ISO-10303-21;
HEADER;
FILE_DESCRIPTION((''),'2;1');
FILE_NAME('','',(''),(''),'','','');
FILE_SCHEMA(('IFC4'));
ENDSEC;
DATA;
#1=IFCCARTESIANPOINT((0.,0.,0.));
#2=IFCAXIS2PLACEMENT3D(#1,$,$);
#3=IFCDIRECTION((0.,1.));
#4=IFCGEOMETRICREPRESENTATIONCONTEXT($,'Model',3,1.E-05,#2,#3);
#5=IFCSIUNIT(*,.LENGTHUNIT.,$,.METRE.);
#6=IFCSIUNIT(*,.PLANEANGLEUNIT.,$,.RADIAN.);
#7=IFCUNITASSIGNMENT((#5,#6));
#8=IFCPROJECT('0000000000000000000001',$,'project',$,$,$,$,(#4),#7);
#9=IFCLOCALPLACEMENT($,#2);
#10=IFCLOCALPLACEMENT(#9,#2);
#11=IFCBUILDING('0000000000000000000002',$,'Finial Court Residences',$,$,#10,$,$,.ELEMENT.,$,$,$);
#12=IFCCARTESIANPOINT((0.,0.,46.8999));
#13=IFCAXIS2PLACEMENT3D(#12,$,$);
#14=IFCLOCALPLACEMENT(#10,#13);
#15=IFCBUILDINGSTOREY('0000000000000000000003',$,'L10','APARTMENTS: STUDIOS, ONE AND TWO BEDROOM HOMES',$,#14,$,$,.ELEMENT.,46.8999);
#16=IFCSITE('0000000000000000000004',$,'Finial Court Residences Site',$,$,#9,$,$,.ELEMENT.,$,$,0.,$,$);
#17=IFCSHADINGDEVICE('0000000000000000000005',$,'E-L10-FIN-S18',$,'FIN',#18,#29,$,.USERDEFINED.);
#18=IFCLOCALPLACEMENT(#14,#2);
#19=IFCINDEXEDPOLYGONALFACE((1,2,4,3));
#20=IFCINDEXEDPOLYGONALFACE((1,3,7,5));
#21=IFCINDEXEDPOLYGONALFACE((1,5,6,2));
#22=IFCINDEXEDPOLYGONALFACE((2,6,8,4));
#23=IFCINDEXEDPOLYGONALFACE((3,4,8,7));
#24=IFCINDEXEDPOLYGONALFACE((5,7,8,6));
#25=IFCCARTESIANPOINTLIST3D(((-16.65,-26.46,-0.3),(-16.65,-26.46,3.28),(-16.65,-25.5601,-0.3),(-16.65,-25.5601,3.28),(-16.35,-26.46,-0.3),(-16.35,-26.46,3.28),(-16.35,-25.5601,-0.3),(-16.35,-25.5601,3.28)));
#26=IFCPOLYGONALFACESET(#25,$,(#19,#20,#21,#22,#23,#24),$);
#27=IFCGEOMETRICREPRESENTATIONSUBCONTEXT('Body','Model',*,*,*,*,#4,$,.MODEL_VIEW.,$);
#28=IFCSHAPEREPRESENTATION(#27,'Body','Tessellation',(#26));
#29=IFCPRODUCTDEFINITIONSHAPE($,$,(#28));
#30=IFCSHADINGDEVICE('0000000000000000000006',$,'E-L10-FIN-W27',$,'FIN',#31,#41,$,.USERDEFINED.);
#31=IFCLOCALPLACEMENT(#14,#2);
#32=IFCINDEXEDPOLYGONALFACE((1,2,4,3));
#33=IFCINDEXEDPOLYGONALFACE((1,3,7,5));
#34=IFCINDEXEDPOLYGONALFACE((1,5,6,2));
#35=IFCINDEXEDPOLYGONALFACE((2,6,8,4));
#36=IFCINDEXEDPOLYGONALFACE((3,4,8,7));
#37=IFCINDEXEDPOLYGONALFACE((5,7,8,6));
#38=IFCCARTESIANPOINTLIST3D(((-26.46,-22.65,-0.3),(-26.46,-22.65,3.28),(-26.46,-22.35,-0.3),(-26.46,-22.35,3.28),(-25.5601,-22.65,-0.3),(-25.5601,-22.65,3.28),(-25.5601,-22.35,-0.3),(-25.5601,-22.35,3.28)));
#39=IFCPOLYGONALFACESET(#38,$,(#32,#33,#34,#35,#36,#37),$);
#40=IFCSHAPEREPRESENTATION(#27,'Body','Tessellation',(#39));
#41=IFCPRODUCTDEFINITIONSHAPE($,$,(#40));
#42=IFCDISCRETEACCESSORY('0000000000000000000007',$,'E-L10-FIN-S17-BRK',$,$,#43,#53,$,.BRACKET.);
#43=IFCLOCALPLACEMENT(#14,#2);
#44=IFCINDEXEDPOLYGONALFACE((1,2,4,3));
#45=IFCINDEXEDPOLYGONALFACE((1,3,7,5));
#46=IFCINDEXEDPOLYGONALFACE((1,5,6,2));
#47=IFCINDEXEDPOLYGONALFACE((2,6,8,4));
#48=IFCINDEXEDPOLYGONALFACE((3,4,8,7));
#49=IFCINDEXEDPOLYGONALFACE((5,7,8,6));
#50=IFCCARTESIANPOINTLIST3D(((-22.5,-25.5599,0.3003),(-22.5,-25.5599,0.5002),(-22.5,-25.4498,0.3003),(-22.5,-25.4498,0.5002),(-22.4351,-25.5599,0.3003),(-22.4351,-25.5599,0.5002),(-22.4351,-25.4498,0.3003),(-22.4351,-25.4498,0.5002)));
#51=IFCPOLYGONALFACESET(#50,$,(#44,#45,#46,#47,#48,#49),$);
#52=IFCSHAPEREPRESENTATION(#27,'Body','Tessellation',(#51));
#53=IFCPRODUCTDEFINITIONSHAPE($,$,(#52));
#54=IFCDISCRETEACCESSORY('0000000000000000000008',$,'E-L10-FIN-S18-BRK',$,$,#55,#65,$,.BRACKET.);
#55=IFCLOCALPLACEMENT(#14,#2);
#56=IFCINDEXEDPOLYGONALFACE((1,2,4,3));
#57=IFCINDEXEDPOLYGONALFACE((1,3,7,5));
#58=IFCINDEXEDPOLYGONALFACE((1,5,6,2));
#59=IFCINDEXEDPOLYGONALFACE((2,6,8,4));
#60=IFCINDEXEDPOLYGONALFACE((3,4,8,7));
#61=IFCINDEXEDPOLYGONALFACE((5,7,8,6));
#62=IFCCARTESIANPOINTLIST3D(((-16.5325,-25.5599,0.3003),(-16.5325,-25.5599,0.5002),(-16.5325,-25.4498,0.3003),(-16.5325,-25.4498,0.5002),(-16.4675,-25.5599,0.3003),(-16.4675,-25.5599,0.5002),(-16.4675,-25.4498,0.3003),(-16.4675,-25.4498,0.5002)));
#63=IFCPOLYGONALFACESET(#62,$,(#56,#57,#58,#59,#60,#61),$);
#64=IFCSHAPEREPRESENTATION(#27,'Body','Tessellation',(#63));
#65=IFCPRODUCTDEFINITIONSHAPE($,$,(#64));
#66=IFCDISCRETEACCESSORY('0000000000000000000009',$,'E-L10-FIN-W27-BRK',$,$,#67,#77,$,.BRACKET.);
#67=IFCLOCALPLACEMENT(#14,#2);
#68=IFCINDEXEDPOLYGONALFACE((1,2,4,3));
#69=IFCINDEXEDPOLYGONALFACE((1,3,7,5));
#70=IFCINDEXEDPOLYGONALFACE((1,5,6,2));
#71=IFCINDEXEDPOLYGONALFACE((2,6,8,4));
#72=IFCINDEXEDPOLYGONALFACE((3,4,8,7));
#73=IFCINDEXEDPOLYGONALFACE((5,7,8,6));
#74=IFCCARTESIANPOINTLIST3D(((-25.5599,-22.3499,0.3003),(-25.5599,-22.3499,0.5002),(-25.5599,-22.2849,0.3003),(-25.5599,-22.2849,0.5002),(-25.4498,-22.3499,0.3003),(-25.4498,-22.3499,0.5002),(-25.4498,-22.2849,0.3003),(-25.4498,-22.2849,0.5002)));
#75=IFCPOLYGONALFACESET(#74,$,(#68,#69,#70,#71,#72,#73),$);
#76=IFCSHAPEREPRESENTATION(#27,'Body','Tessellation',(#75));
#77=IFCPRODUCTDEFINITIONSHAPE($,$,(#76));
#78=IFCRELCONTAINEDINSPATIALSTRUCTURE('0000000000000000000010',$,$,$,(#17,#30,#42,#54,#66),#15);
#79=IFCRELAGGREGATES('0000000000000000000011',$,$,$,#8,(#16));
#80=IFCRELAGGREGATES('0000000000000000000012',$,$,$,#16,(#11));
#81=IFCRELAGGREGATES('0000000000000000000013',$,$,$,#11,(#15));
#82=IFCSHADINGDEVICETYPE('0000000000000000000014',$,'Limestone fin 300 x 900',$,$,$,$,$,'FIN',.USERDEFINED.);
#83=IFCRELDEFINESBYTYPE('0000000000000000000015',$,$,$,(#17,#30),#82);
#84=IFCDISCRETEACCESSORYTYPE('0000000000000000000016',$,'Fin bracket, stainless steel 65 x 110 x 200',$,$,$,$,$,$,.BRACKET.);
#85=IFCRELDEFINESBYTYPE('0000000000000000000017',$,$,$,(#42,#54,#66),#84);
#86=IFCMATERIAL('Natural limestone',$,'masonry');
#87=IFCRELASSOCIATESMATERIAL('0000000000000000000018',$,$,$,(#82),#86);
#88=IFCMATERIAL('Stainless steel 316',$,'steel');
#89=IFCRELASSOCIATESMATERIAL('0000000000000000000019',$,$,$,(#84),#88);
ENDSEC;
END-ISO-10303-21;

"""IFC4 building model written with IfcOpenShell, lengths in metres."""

from ifc_helpers import new_model, si_unit, direction, frame, origin, origin_2d, place, context, subcontext, project, spatial, rectangle, extrude, material, type_object, element, save


model = new_model("IFC4")

# Units and contexts
model_context = context("Model", 3, precision=1e-05, world=origin(), true_north=direction((0.0, 1.0)))
body_context = subcontext(model_context, "Body", "Model", "MODEL_VIEW")
ifc_project = project(units=[si_unit("LENGTHUNIT", "METRE"), si_unit("PLANEANGLEUNIT", "RADIAN")], contexts=[model_context])

# Site, building, storey
site_placement = place(None, origin())
site = spatial("IfcSite", under=ifc_project, at=site_placement, Name="Finial Court Residences Site", CompositionType="ELEMENT", RefElevation=0.0)
building_placement = place(site_placement, origin())
building = spatial("IfcBuilding", under=site, at=building_placement, Name="Finial Court Residences", CompositionType="ELEMENT")
storey_placement = place(building_placement, frame((0.0, 0.0, 46.8999)))
storey = spatial("IfcBuildingStorey", under=building, at=storey_placement, Name="L10", Description="APARTMENTS: STUDIOS, ONE AND TWO BEDROOM HOMES", CompositionType="ELEMENT", Elevation=46.8999)

# Shared definitions
ifc_material_1 = material(Name="Natural limestone", Category="masonry")

# Shading devices
shading_device_type = type_object("IfcShadingDeviceType", Name="Limestone fin 300 x 900", ElementType="FIN", PredefinedType="USERDEFINED", material=ifc_material_1)
for number, where, z_axis, x_axis, name in (
    (1, (-16.5, -26.01, -0.3), (0.0, 0.0, 1.0), (1.0, 0.0, 0.0), "E-L10-FIN-S18"),
):
    element("IfcShadingDevice", number, at=place(storey_placement, frame(where, z_axis=z_axis, x_axis=x_axis)), inside=storey, type_object=shading_device_type, Name=name, ObjectType="FIN", PredefinedType="USERDEFINED", context=body_context, shape_type="SweptSolid", body=[
        extrude(rectangle(XDim=0.3, YDim=0.8999, at=origin_2d()), origin(), (0.0, 0.0, 1.0), 3.5801),
    ])
shading_device_placement = place(storey_placement, frame((-26.01, -22.5, -0.3), z_axis=(0.0, 0.0, 1.0), x_axis=(1.0, 0.0, 0.0)))
element("IfcShadingDevice", 2, at=shading_device_placement, inside=storey, type_object=shading_device_type, Name="E-L10-FIN-W27", ObjectType="FIN", PredefinedType="USERDEFINED", context=body_context, shape_type="SweptSolid", body=[
    extrude(rectangle(XDim=0.8999, YDim=0.3, at=origin_2d()), origin(), (0.0, 0.0, 1.0), 3.5801),
])

# Discrete accessories
ifc_material_2 = material(Name="Stainless steel 316", Category="steel")
discrete_accessory_type = type_object("IfcDiscreteAccessoryType", Name="Fin bracket, stainless steel 65 x 110 x 200", PredefinedType="BRACKET", material=ifc_material_2)
for number, where, z_axis, x_axis, name in (
    (3, (-22.4675, -25.5049, 0.3003), (0.0, 0.0, 1.0), (1.0, 0.0, 0.0), "E-L10-FIN-S17-BRK"),
    (4, (-16.5, -25.5049, 0.3003), (0.0, 0.0, 1.0), (1.0, 0.0, 0.0), "E-L10-FIN-S18-BRK"),
):
    element("IfcDiscreteAccessory", number, at=place(storey_placement, frame(where, z_axis=z_axis, x_axis=x_axis)), inside=storey, type_object=discrete_accessory_type, Name=name, PredefinedType="BRACKET", context=body_context, shape_type="SweptSolid", body=[
        extrude(rectangle(XDim=0.0649, YDim=0.1101, at=origin_2d()), origin(), (0.0, 0.0, 1.0), 0.2),
    ])
discrete_accessory_placement = place(storey_placement, frame((-25.5049, -22.3174, 0.3003), z_axis=(0.0, 0.0, 1.0), x_axis=(1.0, 0.0, 0.0)))
element("IfcDiscreteAccessory", 5, at=discrete_accessory_placement, inside=storey, type_object=discrete_accessory_type, Name="E-L10-FIN-W27-BRK", PredefinedType="BRACKET", context=body_context, shape_type="SweptSolid", body=[
    extrude(rectangle(XDim=0.1101, YDim=0.0649, at=origin_2d()), origin(), (0.0, 0.0, 1.0), 0.2),
])

save(model, "model.ifc")
